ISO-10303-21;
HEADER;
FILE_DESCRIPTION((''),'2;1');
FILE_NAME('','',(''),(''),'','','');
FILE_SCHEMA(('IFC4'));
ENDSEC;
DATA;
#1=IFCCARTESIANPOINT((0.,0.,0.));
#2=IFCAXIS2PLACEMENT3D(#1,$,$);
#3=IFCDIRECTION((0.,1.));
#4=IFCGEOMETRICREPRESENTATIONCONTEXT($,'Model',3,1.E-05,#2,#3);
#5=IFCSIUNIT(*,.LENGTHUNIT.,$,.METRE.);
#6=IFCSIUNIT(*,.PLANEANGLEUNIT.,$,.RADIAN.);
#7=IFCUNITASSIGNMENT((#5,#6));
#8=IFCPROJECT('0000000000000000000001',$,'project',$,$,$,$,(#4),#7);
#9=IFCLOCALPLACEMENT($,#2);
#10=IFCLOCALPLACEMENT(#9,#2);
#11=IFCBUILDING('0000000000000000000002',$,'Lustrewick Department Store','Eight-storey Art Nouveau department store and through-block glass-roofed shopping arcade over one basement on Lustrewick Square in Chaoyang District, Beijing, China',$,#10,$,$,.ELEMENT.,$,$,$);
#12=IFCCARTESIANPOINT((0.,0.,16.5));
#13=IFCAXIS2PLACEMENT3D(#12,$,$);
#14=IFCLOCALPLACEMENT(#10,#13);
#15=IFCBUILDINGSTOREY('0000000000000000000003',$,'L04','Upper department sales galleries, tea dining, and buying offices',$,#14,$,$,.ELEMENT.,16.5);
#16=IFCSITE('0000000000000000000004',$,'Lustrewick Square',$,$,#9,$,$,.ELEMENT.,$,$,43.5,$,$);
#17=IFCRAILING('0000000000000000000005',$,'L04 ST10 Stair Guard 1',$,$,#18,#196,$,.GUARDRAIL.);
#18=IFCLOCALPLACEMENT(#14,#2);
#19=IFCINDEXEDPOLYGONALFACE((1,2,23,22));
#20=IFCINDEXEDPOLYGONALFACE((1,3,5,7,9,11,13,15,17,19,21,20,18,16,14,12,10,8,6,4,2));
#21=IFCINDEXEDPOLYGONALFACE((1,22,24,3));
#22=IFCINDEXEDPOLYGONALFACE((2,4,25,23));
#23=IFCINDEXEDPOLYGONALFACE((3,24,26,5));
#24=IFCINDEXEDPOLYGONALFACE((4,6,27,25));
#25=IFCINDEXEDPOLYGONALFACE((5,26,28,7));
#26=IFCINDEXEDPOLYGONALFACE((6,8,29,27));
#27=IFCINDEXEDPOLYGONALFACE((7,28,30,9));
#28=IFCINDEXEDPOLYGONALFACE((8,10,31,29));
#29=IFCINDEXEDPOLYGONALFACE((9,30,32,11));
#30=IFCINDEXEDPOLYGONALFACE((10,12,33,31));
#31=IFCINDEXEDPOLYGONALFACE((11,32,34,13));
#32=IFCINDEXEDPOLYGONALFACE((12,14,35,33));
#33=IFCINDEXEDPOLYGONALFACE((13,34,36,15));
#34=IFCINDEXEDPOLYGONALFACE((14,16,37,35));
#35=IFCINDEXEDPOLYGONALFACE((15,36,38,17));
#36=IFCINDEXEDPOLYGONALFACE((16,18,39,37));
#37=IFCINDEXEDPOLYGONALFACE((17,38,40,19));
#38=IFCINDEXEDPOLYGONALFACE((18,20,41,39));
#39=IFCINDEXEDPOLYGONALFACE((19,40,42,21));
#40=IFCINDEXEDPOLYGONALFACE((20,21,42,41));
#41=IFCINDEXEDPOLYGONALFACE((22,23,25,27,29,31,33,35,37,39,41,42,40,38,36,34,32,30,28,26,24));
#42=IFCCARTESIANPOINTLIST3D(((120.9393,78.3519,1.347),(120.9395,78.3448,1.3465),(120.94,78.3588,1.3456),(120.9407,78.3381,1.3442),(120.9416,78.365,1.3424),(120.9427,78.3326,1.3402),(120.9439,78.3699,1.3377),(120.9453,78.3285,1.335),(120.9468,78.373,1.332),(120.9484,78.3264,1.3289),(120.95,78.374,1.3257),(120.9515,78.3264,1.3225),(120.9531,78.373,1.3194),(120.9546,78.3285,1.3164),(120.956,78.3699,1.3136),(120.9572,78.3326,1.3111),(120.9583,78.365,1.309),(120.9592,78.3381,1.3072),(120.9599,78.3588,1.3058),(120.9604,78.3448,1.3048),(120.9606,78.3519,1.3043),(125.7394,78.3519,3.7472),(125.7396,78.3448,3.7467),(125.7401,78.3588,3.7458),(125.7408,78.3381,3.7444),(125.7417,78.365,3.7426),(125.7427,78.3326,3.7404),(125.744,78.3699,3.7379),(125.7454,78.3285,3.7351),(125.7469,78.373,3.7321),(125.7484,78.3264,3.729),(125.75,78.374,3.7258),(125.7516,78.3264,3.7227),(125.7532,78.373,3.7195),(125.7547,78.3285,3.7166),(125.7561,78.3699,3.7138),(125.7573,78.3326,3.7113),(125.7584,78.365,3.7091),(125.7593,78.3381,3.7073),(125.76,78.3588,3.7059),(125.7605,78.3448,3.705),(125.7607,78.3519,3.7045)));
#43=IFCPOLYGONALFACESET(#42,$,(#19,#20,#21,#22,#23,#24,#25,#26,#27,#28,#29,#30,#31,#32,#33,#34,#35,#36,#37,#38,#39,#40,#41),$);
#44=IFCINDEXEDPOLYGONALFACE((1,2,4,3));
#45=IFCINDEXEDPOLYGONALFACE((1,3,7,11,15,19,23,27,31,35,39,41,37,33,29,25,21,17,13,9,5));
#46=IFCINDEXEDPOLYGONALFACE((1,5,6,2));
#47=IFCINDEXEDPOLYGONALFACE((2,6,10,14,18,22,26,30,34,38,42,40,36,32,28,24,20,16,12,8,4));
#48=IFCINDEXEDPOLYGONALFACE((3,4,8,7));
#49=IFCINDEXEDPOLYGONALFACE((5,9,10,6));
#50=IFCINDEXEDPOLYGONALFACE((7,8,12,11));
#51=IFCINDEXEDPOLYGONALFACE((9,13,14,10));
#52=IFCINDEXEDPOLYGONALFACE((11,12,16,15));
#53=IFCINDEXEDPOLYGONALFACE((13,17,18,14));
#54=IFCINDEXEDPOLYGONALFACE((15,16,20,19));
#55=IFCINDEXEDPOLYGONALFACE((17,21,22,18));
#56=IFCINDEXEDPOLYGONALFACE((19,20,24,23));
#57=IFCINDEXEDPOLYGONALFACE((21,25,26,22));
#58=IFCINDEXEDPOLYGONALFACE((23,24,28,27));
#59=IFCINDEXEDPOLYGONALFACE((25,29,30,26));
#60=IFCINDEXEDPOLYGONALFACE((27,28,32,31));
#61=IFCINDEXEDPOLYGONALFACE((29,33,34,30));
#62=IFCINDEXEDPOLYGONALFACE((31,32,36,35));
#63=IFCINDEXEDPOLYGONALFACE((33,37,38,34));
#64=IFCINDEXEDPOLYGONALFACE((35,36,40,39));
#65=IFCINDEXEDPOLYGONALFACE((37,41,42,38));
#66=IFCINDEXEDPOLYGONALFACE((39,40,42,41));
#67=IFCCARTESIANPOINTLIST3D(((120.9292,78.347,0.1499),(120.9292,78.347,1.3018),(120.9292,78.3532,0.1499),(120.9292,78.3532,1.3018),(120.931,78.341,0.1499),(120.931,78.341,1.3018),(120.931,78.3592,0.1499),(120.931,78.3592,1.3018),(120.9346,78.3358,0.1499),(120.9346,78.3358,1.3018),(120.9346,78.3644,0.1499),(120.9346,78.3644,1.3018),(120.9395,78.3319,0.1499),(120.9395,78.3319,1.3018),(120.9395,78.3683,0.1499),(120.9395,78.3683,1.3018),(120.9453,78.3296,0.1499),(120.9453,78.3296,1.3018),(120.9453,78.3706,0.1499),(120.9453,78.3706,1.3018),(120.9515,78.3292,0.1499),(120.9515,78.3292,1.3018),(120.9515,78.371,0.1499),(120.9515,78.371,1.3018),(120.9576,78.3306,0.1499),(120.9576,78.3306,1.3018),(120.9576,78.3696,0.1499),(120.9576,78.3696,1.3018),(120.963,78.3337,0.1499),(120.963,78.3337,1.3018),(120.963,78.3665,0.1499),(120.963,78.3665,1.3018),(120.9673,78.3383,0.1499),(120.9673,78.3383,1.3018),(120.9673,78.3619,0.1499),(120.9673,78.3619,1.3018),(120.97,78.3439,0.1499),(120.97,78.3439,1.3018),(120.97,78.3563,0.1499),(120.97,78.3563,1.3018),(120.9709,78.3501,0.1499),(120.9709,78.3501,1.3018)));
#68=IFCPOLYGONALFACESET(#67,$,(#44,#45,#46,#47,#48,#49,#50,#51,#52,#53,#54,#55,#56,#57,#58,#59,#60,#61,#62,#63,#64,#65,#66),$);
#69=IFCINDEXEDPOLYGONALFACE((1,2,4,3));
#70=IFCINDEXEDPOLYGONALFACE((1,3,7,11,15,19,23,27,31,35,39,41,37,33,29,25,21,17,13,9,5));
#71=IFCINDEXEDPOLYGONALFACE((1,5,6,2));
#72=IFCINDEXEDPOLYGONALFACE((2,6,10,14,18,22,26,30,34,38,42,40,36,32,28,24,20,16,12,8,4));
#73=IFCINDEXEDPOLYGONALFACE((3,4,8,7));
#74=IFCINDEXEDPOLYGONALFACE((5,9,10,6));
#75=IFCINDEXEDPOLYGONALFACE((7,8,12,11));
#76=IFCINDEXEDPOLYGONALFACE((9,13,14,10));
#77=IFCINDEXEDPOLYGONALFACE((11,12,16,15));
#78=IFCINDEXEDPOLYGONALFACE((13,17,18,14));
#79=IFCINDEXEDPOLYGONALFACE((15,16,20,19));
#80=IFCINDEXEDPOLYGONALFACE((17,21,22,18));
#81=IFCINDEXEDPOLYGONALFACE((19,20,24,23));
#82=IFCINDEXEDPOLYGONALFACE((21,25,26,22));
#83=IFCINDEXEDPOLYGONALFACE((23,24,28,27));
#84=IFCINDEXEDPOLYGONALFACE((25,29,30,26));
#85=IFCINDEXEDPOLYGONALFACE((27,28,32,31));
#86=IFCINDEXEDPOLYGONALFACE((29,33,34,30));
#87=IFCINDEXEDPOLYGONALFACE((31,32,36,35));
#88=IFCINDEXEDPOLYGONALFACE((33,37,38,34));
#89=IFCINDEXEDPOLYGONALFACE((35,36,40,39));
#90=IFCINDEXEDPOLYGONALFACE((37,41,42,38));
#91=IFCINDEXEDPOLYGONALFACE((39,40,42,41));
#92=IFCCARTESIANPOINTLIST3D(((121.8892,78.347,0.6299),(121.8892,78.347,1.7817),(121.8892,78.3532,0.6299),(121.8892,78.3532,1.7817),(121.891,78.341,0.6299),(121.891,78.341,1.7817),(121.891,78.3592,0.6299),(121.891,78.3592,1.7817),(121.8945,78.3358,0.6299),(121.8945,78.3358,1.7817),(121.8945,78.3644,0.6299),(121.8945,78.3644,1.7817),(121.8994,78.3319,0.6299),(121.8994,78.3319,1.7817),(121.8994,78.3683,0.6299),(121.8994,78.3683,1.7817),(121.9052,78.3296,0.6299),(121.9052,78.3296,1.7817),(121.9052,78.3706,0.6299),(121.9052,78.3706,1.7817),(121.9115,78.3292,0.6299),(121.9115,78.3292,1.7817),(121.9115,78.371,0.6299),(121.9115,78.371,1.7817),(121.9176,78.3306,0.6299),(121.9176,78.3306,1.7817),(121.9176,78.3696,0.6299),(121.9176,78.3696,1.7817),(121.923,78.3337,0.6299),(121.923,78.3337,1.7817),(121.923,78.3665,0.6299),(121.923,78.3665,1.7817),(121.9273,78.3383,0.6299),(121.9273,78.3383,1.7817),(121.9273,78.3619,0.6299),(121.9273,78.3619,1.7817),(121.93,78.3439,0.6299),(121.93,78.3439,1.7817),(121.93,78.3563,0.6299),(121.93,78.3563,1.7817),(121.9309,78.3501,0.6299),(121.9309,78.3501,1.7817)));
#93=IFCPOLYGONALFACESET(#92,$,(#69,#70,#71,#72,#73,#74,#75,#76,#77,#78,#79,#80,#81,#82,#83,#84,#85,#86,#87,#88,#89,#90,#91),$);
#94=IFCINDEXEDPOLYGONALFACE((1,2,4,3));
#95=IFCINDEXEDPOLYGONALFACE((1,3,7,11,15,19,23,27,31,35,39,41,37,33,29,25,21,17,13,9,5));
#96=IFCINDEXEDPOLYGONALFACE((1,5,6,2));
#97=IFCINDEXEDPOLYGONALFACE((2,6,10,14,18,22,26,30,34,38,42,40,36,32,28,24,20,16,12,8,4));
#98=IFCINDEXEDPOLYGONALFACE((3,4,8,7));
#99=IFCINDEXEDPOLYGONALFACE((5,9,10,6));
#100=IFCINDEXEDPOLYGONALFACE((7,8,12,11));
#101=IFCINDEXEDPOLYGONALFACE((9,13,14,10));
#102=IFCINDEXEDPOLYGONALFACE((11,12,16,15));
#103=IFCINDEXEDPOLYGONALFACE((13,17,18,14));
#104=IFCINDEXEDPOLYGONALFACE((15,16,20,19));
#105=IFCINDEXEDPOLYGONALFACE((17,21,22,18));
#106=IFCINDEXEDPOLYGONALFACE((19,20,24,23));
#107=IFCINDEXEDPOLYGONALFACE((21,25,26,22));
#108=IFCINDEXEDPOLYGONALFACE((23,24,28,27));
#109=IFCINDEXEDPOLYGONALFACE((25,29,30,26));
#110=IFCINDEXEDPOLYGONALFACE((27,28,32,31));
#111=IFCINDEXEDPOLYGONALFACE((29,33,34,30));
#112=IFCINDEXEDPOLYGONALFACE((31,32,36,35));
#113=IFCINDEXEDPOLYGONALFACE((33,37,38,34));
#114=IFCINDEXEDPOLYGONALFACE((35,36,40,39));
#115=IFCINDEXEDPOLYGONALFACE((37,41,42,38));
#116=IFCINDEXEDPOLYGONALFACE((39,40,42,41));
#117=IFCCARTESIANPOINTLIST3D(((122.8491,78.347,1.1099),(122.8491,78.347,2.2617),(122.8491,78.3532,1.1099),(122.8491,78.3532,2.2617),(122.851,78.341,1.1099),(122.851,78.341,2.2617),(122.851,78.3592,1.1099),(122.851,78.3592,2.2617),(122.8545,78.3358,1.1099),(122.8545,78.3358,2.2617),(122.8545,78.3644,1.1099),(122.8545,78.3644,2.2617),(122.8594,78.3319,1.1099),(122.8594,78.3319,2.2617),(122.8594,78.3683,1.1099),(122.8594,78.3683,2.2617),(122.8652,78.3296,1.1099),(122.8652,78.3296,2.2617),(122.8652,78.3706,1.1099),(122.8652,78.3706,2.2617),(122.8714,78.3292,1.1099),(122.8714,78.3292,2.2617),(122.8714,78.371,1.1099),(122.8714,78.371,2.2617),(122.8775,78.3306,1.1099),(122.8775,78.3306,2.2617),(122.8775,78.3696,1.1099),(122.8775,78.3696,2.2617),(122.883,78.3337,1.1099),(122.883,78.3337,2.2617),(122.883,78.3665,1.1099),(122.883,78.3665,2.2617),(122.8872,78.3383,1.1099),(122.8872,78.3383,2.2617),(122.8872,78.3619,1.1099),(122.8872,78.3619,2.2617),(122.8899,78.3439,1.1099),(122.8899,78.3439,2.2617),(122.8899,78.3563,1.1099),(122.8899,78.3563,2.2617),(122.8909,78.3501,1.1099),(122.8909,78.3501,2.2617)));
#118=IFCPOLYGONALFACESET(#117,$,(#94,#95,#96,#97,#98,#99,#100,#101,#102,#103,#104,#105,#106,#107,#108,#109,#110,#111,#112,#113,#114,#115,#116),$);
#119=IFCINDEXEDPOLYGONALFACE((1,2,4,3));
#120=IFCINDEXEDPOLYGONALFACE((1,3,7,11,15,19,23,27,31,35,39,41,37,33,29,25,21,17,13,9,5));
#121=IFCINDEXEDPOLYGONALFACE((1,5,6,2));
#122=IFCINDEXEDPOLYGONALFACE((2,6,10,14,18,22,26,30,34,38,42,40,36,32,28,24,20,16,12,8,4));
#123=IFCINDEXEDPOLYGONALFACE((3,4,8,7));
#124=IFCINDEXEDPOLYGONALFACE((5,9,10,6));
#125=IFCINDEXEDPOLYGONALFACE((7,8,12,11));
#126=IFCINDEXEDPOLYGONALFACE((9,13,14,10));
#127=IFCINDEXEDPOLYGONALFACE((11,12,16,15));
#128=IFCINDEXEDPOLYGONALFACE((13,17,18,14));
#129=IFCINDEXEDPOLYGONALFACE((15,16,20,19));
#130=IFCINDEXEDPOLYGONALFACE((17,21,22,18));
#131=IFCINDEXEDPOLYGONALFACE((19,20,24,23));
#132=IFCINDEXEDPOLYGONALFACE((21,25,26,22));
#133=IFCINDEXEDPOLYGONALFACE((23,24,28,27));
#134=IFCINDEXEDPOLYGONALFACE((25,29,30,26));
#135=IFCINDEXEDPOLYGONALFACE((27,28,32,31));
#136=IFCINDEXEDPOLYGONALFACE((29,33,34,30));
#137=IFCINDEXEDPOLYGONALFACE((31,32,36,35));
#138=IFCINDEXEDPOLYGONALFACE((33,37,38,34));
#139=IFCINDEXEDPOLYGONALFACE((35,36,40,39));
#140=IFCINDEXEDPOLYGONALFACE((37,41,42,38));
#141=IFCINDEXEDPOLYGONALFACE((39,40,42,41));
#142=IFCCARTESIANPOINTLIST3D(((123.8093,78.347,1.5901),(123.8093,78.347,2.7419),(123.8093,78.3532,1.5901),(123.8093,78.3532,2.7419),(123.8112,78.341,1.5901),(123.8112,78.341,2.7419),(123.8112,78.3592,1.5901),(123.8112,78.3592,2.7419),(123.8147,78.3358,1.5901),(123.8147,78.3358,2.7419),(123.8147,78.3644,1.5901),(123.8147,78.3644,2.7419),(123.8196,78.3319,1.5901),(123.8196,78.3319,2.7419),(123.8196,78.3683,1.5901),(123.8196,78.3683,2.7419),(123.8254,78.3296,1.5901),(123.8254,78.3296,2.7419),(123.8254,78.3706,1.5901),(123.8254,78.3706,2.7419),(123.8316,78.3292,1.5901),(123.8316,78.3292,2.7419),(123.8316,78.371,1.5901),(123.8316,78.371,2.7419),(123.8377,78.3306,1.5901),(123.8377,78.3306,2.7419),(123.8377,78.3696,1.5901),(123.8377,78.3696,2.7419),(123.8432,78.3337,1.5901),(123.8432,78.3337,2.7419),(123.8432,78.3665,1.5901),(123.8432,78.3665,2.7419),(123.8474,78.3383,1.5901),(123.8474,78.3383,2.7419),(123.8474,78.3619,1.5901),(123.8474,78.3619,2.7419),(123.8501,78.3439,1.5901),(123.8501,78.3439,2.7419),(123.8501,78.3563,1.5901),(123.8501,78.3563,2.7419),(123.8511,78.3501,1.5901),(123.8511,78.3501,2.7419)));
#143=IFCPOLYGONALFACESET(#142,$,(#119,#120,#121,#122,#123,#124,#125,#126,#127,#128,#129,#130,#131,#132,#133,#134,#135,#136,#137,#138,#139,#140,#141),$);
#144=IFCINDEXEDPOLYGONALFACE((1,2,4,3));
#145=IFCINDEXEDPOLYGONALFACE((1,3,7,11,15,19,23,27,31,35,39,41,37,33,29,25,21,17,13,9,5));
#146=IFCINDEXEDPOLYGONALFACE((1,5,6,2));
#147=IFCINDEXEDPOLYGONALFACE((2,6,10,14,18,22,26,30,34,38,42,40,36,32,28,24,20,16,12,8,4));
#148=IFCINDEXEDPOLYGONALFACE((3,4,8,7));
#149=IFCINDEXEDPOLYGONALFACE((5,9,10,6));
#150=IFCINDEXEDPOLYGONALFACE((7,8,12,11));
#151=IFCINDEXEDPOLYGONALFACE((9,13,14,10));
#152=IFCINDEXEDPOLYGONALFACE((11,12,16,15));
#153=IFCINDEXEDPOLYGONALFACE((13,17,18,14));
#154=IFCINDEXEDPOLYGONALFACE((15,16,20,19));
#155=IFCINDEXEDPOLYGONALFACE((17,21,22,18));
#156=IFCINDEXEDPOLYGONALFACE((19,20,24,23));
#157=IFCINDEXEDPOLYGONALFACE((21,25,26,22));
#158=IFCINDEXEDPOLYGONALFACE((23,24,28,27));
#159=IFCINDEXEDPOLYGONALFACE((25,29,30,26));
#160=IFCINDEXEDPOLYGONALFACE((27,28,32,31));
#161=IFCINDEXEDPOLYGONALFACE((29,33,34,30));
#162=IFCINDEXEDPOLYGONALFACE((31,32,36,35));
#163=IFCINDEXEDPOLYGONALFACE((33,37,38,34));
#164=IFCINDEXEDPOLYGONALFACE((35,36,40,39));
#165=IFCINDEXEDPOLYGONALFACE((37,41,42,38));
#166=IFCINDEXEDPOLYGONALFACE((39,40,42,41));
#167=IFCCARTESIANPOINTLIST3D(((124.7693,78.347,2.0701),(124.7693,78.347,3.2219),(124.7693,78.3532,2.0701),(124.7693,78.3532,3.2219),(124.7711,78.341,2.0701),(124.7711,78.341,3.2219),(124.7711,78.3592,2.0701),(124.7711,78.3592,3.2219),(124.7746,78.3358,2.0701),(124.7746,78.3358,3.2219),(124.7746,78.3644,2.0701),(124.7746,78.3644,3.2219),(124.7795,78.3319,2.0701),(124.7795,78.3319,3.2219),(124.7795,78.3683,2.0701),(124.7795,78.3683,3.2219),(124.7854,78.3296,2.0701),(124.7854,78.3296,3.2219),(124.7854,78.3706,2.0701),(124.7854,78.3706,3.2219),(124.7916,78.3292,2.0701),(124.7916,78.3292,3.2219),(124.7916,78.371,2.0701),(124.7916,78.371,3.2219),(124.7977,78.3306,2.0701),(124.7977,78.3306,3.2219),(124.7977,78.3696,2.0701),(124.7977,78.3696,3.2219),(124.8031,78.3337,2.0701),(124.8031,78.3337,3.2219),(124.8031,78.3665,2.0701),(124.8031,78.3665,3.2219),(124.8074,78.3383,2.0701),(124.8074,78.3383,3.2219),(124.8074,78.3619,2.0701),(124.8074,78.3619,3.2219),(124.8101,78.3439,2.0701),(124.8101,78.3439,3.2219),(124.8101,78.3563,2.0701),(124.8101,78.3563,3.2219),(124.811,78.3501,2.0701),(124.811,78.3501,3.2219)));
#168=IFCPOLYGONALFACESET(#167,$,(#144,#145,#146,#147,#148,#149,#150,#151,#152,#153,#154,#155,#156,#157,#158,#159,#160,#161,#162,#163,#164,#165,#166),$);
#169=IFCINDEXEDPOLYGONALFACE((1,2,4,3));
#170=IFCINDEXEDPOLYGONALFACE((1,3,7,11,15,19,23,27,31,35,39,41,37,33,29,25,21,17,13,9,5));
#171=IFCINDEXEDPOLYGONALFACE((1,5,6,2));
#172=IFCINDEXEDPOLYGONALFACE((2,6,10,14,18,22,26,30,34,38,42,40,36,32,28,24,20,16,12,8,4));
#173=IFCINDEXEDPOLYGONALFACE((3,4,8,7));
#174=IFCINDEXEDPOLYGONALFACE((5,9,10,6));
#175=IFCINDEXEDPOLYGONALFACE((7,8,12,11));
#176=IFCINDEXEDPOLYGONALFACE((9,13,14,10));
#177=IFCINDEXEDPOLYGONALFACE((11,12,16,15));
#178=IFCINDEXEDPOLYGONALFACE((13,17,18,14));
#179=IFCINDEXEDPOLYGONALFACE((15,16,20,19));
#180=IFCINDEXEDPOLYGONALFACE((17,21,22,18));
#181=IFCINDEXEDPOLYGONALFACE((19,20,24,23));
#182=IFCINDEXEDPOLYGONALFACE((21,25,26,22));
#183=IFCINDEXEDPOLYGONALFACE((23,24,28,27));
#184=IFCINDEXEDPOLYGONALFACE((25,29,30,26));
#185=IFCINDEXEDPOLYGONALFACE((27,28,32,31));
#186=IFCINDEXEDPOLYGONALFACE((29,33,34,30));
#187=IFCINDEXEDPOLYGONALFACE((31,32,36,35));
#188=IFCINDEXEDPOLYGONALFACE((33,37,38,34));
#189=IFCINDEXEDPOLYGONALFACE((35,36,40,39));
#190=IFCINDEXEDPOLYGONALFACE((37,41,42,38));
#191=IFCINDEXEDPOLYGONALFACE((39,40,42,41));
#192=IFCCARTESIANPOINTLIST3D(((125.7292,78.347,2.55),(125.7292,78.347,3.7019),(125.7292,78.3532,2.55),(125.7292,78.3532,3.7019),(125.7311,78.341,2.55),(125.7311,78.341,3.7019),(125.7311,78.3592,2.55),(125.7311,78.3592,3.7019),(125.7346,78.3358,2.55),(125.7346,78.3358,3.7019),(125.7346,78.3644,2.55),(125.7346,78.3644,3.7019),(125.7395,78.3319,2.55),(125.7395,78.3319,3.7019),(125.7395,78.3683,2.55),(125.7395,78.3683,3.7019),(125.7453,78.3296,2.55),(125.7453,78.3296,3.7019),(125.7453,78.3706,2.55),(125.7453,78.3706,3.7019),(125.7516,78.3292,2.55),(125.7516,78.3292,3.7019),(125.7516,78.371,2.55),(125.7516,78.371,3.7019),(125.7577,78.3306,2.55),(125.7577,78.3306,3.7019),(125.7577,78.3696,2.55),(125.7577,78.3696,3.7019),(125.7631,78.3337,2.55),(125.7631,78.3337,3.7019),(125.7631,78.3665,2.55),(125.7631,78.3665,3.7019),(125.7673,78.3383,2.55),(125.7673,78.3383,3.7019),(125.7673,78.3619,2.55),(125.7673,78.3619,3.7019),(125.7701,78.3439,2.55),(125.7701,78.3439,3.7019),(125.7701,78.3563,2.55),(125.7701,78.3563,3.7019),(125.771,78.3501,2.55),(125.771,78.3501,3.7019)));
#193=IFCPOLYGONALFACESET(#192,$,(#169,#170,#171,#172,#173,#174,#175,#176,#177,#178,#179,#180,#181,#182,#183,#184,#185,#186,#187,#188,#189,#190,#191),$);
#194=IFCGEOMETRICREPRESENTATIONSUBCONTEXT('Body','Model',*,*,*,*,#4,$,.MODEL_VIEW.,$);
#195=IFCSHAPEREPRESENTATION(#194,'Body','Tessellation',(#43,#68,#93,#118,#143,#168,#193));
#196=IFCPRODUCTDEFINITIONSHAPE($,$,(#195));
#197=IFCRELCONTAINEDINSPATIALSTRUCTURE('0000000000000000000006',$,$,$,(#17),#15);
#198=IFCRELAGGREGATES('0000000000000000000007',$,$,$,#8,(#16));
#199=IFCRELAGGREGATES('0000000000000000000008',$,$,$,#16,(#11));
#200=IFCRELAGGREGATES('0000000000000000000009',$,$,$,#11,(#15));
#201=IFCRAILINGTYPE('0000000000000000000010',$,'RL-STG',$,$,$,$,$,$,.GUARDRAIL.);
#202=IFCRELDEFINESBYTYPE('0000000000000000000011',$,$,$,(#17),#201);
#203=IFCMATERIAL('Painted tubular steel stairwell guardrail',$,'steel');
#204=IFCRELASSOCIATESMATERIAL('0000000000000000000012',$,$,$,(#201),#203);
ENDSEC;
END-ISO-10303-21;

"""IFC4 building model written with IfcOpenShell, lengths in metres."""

from ifc_helpers import new_model, si_unit, direction, frame, origin, origin_2d, place, context, subcontext, project, spatial, circle, extrude, material, type_object, element, save


model = new_model("IFC4")

# Units and contexts
model_context = context("Model", 3, precision=1e-05, world=origin(), true_north=direction((0.0, 1.0)))
body_context = subcontext(model_context, "Body", "Model", "MODEL_VIEW")
ifc_project = project(units=[si_unit("LENGTHUNIT", "METRE"), si_unit("PLANEANGLEUNIT", "RADIAN")], contexts=[model_context])

# Site, building, storey
site_placement = place(None, origin())
site = spatial("IfcSite", under=ifc_project, at=site_placement, Name="Lustrewick Square", CompositionType="ELEMENT", RefElevation=43.5)
building_placement = place(site_placement, origin())
building = spatial("IfcBuilding", under=site, at=building_placement, Name="Lustrewick Department Store", Description="Eight-storey Art Nouveau department store and through-block glass-roofed shopping arcade over one basement on Lustrewick Square in Chaoyang District, Beijing, China", CompositionType="ELEMENT")
storey_placement = place(building_placement, frame((0.0, 0.0, 16.5)))
storey = spatial("IfcBuildingStorey", under=building, at=storey_placement, Name="L04", Description="Upper department sales galleries, tea dining, and buying offices", CompositionType="ELEMENT", Elevation=16.5)

# Railing
ifc_material_1 = material(Name="Painted tubular steel stairwell guardrail", Category="steel")
railing_type_1 = type_object("IfcRailingType", Name="RL-STG", PredefinedType="GUARDRAIL", material=ifc_material_1)
railing_1_placement = place(storey_placement, frame((120.95, 78.3501, 0.1499)))
element("IfcRailing", 1, at=railing_1_placement, inside=storey, type_object=railing_type_1, Name="L04 ST10 Stair Guard 1", PredefinedType="GUARDRAIL", context=body_context, shape_type="SweptSolid", body=[
    extrude(circle(Radius=0.0239, at=origin_2d()), frame((0.0, 0.0, 1.1758), z_axis=(0.894418, 0.0, 0.447232), x_axis=(0.0, 1.0, 0.0)), (0.0, 0.0, 1.0), 5.3667),
    extrude(circle(Radius=0.021, at=origin_2d()), origin(), (0.0, 0.0, 1.0), 1.1519),
    extrude(circle(Radius=0.021, at=origin_2d()), frame((0.96, 0.0, 0.48)), (0.0, 0.0, 1.0), 1.1519),
    extrude(circle(Radius=0.021, at=origin_2d()), frame((1.9199, 0.0, 0.96)), (0.0, 0.0, 1.0), 1.1519),
    extrude(circle(Radius=0.021, at=origin_2d()), frame((2.8801, 0.0, 1.4402)), (0.0, 0.0, 1.0), 1.1519),
    extrude(circle(Radius=0.021, at=origin_2d()), frame((3.8401, 0.0, 1.9202)), (0.0, 0.0, 1.0), 1.1519),
    extrude(circle(Radius=0.021, at=origin_2d()), frame((4.8, 0.0, 2.4001)), (0.0, 0.0, 1.0), 1.1519),
])

save(model, "model.ifc")
